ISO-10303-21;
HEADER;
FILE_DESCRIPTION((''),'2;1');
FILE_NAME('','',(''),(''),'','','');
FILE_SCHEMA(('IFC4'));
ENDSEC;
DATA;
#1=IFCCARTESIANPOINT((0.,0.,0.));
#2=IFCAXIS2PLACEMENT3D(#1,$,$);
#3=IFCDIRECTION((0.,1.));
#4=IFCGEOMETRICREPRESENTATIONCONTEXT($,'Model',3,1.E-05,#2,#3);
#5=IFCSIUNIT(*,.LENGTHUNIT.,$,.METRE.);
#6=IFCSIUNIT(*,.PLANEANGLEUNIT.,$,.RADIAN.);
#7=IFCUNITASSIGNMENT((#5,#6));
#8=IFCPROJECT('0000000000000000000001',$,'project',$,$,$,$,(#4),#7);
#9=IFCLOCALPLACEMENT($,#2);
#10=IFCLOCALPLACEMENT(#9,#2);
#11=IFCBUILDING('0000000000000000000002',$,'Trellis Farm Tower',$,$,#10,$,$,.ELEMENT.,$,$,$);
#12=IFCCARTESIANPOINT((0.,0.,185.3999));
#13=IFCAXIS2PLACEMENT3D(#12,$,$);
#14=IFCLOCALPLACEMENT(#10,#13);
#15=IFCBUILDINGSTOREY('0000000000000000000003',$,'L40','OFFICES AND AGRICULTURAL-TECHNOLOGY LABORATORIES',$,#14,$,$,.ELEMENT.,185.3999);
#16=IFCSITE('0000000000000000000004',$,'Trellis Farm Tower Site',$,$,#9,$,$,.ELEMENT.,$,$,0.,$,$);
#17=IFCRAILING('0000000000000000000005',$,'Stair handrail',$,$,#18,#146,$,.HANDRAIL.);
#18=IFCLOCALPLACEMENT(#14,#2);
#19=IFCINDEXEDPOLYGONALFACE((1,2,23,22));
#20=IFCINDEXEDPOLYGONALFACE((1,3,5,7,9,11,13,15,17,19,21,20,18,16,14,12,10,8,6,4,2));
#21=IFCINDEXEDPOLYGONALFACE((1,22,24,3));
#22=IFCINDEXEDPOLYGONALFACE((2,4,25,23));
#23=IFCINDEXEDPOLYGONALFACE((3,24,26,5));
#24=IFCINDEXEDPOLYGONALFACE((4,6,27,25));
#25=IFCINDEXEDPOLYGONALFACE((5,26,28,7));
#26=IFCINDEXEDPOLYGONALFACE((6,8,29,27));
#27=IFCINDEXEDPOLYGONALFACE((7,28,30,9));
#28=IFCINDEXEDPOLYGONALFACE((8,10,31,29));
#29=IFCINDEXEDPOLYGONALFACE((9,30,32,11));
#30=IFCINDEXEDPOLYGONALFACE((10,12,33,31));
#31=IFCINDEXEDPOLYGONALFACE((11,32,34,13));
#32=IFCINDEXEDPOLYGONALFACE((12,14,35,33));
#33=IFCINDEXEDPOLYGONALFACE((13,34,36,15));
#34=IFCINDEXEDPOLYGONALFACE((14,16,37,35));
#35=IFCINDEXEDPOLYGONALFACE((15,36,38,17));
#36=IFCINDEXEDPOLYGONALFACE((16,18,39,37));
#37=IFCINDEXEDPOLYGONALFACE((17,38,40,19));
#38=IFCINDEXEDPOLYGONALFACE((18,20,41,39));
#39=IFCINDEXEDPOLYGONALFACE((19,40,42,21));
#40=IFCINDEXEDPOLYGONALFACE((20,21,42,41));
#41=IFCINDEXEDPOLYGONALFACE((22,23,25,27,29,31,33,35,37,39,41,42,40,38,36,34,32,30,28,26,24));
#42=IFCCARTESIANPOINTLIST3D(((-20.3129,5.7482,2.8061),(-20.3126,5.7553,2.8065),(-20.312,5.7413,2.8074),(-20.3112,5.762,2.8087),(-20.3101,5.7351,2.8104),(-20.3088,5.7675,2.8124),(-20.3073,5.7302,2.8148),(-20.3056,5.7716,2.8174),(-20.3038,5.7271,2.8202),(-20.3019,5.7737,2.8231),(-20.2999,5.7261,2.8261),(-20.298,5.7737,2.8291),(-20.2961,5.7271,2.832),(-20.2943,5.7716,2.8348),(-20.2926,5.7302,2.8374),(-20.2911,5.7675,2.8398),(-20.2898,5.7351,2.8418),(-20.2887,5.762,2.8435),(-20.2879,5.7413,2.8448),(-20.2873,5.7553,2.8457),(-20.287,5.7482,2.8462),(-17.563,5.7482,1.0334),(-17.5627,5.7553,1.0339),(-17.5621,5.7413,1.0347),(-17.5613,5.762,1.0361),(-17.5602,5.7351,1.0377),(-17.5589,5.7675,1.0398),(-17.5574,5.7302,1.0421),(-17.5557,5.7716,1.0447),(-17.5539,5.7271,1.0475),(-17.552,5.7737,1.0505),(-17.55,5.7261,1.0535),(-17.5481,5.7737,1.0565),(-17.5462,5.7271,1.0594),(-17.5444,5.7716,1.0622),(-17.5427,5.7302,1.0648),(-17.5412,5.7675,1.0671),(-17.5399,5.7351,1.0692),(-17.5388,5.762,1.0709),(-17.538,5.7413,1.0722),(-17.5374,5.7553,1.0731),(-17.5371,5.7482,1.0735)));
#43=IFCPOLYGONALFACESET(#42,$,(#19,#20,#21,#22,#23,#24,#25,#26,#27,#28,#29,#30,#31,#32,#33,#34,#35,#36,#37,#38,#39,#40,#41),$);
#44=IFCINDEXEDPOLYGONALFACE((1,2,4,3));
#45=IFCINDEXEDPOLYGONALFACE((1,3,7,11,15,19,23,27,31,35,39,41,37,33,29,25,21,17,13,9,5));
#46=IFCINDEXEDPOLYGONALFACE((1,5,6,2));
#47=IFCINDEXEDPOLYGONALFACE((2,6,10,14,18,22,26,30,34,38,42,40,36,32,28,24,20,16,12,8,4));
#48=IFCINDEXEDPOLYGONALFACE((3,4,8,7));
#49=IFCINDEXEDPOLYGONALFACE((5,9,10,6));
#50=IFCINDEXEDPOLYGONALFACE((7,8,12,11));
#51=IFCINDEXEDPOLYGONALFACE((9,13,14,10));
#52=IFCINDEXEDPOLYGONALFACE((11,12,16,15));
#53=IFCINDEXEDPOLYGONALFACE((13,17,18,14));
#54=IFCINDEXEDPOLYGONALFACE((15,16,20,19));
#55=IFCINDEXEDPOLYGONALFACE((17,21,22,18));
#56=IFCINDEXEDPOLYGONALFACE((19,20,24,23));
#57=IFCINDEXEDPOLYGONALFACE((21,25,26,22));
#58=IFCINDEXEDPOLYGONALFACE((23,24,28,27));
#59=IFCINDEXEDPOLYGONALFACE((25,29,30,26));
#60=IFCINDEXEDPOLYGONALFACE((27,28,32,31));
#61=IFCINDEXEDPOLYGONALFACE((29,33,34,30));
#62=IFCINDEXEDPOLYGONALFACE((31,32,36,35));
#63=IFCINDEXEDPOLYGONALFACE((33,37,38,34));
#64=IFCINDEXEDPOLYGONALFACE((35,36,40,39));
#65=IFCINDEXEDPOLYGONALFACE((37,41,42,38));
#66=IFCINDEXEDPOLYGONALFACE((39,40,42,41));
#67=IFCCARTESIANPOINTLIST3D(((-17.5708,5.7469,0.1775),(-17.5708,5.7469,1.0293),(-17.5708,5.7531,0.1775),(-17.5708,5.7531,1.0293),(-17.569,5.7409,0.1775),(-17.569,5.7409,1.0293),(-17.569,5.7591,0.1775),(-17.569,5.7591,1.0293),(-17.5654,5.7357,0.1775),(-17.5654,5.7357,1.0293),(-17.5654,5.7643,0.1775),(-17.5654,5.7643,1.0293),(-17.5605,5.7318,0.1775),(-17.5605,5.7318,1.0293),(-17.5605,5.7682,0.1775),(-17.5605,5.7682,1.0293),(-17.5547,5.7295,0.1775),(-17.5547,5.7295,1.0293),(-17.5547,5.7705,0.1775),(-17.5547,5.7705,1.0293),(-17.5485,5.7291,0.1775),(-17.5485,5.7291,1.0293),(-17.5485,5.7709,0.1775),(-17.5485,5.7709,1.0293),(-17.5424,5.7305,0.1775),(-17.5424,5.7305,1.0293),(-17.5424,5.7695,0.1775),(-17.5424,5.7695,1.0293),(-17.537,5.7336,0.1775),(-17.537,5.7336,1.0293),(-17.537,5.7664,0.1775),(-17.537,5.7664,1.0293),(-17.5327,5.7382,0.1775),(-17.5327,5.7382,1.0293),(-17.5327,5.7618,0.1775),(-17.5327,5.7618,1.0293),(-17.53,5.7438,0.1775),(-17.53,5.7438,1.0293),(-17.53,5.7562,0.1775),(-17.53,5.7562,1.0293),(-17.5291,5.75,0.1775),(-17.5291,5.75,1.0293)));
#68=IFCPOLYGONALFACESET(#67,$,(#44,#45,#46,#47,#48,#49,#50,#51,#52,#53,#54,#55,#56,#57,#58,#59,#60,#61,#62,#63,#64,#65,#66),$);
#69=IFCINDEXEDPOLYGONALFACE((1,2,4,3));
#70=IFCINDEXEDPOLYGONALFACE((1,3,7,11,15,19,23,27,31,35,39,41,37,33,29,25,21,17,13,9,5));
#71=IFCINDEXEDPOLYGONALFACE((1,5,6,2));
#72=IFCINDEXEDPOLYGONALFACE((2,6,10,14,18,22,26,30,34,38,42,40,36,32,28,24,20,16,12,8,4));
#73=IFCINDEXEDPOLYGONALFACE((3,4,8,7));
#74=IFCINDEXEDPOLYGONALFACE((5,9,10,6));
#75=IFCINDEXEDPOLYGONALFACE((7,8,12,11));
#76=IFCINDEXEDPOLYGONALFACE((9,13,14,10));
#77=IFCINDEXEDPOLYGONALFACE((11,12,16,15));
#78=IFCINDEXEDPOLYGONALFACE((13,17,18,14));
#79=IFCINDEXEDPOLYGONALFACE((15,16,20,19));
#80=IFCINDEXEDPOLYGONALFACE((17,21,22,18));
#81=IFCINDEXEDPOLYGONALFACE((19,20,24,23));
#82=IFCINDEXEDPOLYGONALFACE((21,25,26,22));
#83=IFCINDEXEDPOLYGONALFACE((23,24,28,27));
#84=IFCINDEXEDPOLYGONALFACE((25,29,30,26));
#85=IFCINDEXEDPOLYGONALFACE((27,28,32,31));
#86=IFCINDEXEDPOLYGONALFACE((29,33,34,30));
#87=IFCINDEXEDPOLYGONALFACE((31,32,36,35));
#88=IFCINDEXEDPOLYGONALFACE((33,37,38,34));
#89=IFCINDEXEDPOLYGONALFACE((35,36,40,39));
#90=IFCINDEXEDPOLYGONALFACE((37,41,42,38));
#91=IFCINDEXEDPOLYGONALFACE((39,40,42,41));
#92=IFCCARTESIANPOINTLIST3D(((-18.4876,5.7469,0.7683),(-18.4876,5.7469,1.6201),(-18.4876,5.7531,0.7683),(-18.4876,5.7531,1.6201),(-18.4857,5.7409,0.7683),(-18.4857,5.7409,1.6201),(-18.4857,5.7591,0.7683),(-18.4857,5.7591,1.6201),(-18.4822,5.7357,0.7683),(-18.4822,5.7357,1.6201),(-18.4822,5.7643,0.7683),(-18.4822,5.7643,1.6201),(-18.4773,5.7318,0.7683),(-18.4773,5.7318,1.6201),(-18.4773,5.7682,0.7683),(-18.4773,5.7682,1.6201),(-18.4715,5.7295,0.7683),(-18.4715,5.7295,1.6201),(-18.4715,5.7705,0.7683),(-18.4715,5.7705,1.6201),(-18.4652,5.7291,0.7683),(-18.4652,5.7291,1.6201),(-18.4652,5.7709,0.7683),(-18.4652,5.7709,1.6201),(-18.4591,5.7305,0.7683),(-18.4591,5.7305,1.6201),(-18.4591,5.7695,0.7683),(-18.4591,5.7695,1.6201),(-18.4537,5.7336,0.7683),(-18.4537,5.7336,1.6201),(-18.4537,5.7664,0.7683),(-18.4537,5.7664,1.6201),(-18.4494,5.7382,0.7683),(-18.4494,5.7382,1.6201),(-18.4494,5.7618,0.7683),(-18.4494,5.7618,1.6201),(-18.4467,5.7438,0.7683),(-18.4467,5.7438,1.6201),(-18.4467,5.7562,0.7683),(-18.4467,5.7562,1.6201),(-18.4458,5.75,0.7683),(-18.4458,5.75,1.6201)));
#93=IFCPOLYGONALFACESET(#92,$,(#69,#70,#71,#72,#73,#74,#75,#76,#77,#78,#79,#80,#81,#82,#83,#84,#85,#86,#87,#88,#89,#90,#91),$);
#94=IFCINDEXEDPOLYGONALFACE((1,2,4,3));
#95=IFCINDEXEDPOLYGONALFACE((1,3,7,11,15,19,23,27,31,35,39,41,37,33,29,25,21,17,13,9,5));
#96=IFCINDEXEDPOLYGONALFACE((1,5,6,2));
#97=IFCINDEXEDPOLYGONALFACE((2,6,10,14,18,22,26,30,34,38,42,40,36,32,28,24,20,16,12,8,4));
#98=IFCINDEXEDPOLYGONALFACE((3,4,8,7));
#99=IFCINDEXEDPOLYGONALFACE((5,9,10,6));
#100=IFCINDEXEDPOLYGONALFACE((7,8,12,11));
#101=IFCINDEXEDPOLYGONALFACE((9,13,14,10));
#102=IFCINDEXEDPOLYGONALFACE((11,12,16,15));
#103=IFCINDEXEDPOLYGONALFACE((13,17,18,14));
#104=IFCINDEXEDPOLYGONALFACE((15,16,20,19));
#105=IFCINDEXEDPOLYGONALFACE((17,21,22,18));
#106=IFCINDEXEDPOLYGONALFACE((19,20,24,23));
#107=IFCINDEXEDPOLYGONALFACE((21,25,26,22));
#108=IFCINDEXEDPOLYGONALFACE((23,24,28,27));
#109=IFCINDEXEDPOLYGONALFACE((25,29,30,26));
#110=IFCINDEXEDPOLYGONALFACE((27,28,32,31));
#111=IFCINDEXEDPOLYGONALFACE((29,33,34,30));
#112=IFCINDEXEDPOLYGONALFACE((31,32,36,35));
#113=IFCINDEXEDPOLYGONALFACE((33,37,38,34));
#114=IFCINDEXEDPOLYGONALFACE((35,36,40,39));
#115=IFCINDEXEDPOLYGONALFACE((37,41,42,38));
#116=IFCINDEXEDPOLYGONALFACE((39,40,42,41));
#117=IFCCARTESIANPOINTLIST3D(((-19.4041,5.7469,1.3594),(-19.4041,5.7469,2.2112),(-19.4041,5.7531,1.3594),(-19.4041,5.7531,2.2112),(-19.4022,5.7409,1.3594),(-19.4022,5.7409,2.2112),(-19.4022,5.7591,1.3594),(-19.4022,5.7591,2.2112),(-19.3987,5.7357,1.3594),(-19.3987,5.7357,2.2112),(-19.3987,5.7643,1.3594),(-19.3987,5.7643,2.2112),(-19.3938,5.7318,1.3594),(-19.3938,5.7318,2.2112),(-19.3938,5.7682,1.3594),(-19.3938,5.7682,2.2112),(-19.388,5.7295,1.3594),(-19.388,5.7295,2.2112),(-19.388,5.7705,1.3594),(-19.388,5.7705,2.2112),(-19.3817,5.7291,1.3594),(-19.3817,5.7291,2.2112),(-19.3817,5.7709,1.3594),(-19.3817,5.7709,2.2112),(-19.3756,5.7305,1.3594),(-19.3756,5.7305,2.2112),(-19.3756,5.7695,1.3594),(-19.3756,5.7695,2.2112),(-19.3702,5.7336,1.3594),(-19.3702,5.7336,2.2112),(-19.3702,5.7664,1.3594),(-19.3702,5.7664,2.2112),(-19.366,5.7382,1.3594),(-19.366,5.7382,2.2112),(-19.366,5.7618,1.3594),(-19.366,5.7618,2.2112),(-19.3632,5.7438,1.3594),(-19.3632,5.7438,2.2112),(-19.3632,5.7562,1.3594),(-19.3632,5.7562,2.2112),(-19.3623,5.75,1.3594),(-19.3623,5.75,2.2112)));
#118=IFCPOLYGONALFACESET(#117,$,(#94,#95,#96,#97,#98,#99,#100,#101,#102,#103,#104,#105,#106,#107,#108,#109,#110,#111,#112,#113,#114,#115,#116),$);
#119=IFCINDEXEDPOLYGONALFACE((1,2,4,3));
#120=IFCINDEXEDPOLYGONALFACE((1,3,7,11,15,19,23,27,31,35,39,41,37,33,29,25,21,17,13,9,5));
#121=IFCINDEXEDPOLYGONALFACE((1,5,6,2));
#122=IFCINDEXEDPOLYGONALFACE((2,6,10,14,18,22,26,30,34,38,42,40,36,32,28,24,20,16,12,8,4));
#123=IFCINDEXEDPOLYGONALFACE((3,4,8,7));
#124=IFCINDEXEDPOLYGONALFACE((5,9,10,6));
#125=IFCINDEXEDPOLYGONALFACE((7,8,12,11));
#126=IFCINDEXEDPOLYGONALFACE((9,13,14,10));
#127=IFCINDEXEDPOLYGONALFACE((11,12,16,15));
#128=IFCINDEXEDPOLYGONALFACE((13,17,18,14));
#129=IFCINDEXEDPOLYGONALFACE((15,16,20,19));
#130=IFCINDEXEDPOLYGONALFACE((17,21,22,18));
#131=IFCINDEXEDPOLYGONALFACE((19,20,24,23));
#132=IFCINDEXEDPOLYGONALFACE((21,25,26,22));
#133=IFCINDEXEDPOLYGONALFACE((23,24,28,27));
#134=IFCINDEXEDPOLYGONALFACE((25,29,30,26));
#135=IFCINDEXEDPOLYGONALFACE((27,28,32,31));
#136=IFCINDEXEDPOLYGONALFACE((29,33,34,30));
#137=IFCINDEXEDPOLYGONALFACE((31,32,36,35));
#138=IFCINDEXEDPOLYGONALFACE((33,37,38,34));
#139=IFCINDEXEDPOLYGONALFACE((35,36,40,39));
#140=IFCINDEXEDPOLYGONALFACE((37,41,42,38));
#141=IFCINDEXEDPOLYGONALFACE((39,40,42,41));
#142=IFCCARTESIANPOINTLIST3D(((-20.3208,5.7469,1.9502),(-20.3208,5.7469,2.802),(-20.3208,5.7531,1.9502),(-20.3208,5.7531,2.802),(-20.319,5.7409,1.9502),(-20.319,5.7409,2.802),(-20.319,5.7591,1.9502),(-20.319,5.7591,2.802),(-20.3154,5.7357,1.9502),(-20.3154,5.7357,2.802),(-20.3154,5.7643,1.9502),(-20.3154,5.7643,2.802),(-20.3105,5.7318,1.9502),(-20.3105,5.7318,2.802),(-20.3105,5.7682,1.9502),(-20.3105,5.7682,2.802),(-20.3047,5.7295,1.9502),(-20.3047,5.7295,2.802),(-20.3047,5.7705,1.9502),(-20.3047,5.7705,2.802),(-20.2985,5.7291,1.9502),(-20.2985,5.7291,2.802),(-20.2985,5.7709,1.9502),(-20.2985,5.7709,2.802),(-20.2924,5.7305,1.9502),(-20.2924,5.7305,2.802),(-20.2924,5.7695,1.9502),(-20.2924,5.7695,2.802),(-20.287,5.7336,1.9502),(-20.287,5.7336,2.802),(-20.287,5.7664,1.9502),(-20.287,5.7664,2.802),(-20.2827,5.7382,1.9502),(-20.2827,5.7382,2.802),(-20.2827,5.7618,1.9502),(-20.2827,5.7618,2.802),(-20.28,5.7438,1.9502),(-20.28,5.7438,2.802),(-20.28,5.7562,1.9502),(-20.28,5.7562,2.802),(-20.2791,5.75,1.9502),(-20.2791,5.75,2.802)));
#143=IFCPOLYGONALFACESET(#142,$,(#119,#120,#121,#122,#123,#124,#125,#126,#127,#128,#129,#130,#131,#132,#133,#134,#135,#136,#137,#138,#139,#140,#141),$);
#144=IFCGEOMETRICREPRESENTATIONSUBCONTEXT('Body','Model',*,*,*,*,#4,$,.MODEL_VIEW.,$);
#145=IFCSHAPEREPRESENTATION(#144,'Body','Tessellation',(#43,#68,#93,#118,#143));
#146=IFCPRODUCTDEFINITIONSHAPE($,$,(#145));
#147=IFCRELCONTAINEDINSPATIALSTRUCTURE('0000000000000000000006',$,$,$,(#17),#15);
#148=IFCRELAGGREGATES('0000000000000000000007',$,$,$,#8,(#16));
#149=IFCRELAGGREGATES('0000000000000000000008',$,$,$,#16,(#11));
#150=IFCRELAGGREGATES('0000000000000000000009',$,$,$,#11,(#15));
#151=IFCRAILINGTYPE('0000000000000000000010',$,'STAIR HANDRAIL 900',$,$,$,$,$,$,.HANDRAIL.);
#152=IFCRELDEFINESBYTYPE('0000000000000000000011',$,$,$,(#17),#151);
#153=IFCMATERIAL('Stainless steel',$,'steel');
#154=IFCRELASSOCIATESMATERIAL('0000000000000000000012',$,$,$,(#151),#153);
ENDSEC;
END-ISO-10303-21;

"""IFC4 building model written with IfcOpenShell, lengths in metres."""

from ifc_helpers import new_model, si_unit, direction, frame, origin, origin_2d, place, context, subcontext, project, spatial, circle, extrude, source, transform, mapped, material, type_object, element, save


model = new_model("IFC4")

# Units and contexts
model_context = context("Model", 3, precision=1e-05, world=origin(), true_north=direction((0.0, 1.0)))
body_context = subcontext(model_context, "Body", "Model", "MODEL_VIEW")
ifc_project = project(units=[si_unit("LENGTHUNIT", "METRE"), si_unit("PLANEANGLEUNIT", "RADIAN")], contexts=[model_context])

# Site, building, storey
site_placement = place(None, origin())
site = spatial("IfcSite", under=ifc_project, at=site_placement, Name="Trellis Farm Tower Site", CompositionType="ELEMENT", RefElevation=0.0)
building_placement = place(site_placement, origin())
building = spatial("IfcBuilding", under=site, at=building_placement, Name="Trellis Farm Tower", CompositionType="ELEMENT")
storey_placement = place(building_placement, frame((0.0, 0.0, 185.3999)))
storey = spatial("IfcBuildingStorey", under=building, at=storey_placement, Name="L40", Description="OFFICES AND AGRICULTURAL-TECHNOLOGY LABORATORIES", CompositionType="ELEMENT", Elevation=185.3999)

# Railing
ifc_material_1 = material(Name="Stainless steel", Category="steel")
railing_type = type_object("IfcRailingType", Name="STAIR HANDRAIL 900", PredefinedType="HANDRAIL", material=ifc_material_1)
shared_shape_1 = source(origin(), body_context, "Body", "SweptSolid", [
    extrude(circle(Radius=0.0239, at=origin_2d()), frame((0.0, 0.0, 0.876), z_axis=(-0.840504, 0.0, 0.541806), x_axis=(0.0, -1.0, 0.0)), (0.0, 0.0, 1.0), 3.2717),
    extrude(circle(Radius=0.021, at=origin_2d()), origin(), (0.0, 0.0, 1.0), 0.8518),
    extrude(circle(Radius=0.021, at=origin_2d()), frame((-0.9167, 0.0, 0.5908)), (0.0, 0.0, 1.0), 0.8518),
    extrude(circle(Radius=0.021, at=origin_2d()), frame((-1.8333, 0.0, 1.1819)), (0.0, 0.0, 1.0), 0.8518),
    extrude(circle(Radius=0.021, at=origin_2d()), frame((-2.75, 0.0, 1.7727)), (0.0, 0.0, 1.0), 0.8518),
])
for number, where, name in (
    (1, (-17.55, 5.75, 0.1775), "Stair handrail"),
):
    element("IfcRailing", number, at=place(storey_placement, frame(where)), inside=storey, type_object=railing_type, Name=name, PredefinedType="HANDRAIL", context=body_context, shape_type="MappedRepresentation", body=[
        mapped(shared_shape_1, transform((0.0, 0.0, 0.0))),
    ])

save(model, "model.ifc")
